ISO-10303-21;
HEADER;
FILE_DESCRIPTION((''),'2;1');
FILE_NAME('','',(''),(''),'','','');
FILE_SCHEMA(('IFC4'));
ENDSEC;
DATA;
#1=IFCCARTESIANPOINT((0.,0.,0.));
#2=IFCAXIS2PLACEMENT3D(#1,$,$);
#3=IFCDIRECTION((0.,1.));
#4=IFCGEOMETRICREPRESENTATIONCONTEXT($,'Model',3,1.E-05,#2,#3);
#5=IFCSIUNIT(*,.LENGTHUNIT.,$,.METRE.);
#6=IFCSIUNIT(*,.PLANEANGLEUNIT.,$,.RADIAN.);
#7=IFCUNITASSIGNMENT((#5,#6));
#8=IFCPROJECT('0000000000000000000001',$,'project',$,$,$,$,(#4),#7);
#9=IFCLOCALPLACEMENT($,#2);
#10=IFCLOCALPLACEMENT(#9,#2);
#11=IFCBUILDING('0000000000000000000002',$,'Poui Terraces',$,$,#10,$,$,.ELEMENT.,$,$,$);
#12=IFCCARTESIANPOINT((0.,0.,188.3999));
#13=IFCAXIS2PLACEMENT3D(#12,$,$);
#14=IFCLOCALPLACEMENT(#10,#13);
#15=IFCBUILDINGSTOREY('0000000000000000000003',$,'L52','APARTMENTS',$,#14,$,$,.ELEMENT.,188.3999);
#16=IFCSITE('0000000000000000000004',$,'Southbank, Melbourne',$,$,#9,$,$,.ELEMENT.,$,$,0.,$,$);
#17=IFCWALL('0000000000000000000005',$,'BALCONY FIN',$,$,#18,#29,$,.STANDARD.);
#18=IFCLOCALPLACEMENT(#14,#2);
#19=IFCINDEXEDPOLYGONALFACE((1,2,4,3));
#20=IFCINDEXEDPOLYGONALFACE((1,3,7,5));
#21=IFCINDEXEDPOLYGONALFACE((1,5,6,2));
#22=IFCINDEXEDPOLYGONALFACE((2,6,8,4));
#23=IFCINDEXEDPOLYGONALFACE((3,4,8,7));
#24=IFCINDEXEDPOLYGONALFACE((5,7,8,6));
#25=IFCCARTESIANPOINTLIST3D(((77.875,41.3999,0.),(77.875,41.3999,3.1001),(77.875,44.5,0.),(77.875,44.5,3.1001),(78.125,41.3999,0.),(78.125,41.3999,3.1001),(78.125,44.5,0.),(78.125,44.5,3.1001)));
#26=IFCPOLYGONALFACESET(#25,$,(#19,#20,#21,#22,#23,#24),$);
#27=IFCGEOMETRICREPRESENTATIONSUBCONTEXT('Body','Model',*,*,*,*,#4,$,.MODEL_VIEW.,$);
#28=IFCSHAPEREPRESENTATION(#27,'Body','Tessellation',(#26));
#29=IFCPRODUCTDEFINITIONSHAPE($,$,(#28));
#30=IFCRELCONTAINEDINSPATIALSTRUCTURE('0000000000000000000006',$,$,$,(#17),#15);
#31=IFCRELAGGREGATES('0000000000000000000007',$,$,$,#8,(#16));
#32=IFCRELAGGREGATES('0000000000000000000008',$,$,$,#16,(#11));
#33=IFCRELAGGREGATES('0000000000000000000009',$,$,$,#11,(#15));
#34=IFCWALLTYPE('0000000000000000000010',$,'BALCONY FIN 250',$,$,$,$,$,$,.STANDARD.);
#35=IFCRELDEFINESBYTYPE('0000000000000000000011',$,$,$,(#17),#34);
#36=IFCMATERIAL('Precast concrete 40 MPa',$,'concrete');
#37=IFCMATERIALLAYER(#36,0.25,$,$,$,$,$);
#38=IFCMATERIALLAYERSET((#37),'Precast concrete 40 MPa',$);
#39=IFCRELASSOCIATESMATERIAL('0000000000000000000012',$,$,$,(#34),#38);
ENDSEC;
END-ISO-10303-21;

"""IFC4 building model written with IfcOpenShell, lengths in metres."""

from ifc_helpers import new_model, si_unit, direction, frame, origin, place, context, subcontext, project, spatial, polyline, outline, extrude, source, transform, mapped, material, layer, layer_set, type_object, element, save


model = new_model("IFC4")

# Units and contexts
model_context = context("Model", 3, precision=1e-05, world=origin(), true_north=direction((0.0, 1.0)))
body_context = subcontext(model_context, "Body", "Model", "MODEL_VIEW")
ifc_project = project(units=[si_unit("LENGTHUNIT", "METRE"), si_unit("PLANEANGLEUNIT", "RADIAN")], contexts=[model_context])

# Site, building, storey
site_placement = place(None, origin())
site = spatial("IfcSite", under=ifc_project, at=site_placement, Name="Southbank, Melbourne", CompositionType="ELEMENT", RefElevation=0.0)
building_placement = place(site_placement, origin())
building = spatial("IfcBuilding", under=site, at=building_placement, Name="Poui Terraces", CompositionType="ELEMENT")
storey_placement = place(building_placement, frame((0.0, 0.0, 188.3999)))
storey = spatial("IfcBuildingStorey", under=building, at=storey_placement, Name="L52", Description="APARTMENTS", CompositionType="ELEMENT", Elevation=188.3999)

# Shared definitions
ifc_material_1 = material(Name="Precast concrete 40 MPa", Category="concrete")

# Wall
ifc_layer_1 = layer(ifc_material_1, 0.25)
ifc_layer_set_1 = layer_set([ifc_layer_1], Name="Precast concrete 40 MPa")
wall_type_1 = type_object("IfcWallType", Name="BALCONY FIN 250", PredefinedType="STANDARD", material=ifc_layer_set_1)
shared_shape_1 = source(origin(), body_context, "Body", "SweptSolid", [
    extrude(outline(polyline([(0.0, 0.0), (0.25, 0.0), (0.25, 3.1001), (0.0, 3.1001), (0.0, 0.0)])), origin(), (0.0, 0.0, 1.0), 3.1001),
])
wall_1_placement = place(storey_placement, frame((77.875, 41.3999, 0.0)))
element("IfcWall", 1, at=wall_1_placement, inside=storey, type_object=wall_type_1, Name="BALCONY FIN", PredefinedType="STANDARD", context=body_context, shape_type="MappedRepresentation", body=[
    mapped(shared_shape_1, transform((0.0, 0.0, 0.0))),
])

save(model, "model.ifc")
